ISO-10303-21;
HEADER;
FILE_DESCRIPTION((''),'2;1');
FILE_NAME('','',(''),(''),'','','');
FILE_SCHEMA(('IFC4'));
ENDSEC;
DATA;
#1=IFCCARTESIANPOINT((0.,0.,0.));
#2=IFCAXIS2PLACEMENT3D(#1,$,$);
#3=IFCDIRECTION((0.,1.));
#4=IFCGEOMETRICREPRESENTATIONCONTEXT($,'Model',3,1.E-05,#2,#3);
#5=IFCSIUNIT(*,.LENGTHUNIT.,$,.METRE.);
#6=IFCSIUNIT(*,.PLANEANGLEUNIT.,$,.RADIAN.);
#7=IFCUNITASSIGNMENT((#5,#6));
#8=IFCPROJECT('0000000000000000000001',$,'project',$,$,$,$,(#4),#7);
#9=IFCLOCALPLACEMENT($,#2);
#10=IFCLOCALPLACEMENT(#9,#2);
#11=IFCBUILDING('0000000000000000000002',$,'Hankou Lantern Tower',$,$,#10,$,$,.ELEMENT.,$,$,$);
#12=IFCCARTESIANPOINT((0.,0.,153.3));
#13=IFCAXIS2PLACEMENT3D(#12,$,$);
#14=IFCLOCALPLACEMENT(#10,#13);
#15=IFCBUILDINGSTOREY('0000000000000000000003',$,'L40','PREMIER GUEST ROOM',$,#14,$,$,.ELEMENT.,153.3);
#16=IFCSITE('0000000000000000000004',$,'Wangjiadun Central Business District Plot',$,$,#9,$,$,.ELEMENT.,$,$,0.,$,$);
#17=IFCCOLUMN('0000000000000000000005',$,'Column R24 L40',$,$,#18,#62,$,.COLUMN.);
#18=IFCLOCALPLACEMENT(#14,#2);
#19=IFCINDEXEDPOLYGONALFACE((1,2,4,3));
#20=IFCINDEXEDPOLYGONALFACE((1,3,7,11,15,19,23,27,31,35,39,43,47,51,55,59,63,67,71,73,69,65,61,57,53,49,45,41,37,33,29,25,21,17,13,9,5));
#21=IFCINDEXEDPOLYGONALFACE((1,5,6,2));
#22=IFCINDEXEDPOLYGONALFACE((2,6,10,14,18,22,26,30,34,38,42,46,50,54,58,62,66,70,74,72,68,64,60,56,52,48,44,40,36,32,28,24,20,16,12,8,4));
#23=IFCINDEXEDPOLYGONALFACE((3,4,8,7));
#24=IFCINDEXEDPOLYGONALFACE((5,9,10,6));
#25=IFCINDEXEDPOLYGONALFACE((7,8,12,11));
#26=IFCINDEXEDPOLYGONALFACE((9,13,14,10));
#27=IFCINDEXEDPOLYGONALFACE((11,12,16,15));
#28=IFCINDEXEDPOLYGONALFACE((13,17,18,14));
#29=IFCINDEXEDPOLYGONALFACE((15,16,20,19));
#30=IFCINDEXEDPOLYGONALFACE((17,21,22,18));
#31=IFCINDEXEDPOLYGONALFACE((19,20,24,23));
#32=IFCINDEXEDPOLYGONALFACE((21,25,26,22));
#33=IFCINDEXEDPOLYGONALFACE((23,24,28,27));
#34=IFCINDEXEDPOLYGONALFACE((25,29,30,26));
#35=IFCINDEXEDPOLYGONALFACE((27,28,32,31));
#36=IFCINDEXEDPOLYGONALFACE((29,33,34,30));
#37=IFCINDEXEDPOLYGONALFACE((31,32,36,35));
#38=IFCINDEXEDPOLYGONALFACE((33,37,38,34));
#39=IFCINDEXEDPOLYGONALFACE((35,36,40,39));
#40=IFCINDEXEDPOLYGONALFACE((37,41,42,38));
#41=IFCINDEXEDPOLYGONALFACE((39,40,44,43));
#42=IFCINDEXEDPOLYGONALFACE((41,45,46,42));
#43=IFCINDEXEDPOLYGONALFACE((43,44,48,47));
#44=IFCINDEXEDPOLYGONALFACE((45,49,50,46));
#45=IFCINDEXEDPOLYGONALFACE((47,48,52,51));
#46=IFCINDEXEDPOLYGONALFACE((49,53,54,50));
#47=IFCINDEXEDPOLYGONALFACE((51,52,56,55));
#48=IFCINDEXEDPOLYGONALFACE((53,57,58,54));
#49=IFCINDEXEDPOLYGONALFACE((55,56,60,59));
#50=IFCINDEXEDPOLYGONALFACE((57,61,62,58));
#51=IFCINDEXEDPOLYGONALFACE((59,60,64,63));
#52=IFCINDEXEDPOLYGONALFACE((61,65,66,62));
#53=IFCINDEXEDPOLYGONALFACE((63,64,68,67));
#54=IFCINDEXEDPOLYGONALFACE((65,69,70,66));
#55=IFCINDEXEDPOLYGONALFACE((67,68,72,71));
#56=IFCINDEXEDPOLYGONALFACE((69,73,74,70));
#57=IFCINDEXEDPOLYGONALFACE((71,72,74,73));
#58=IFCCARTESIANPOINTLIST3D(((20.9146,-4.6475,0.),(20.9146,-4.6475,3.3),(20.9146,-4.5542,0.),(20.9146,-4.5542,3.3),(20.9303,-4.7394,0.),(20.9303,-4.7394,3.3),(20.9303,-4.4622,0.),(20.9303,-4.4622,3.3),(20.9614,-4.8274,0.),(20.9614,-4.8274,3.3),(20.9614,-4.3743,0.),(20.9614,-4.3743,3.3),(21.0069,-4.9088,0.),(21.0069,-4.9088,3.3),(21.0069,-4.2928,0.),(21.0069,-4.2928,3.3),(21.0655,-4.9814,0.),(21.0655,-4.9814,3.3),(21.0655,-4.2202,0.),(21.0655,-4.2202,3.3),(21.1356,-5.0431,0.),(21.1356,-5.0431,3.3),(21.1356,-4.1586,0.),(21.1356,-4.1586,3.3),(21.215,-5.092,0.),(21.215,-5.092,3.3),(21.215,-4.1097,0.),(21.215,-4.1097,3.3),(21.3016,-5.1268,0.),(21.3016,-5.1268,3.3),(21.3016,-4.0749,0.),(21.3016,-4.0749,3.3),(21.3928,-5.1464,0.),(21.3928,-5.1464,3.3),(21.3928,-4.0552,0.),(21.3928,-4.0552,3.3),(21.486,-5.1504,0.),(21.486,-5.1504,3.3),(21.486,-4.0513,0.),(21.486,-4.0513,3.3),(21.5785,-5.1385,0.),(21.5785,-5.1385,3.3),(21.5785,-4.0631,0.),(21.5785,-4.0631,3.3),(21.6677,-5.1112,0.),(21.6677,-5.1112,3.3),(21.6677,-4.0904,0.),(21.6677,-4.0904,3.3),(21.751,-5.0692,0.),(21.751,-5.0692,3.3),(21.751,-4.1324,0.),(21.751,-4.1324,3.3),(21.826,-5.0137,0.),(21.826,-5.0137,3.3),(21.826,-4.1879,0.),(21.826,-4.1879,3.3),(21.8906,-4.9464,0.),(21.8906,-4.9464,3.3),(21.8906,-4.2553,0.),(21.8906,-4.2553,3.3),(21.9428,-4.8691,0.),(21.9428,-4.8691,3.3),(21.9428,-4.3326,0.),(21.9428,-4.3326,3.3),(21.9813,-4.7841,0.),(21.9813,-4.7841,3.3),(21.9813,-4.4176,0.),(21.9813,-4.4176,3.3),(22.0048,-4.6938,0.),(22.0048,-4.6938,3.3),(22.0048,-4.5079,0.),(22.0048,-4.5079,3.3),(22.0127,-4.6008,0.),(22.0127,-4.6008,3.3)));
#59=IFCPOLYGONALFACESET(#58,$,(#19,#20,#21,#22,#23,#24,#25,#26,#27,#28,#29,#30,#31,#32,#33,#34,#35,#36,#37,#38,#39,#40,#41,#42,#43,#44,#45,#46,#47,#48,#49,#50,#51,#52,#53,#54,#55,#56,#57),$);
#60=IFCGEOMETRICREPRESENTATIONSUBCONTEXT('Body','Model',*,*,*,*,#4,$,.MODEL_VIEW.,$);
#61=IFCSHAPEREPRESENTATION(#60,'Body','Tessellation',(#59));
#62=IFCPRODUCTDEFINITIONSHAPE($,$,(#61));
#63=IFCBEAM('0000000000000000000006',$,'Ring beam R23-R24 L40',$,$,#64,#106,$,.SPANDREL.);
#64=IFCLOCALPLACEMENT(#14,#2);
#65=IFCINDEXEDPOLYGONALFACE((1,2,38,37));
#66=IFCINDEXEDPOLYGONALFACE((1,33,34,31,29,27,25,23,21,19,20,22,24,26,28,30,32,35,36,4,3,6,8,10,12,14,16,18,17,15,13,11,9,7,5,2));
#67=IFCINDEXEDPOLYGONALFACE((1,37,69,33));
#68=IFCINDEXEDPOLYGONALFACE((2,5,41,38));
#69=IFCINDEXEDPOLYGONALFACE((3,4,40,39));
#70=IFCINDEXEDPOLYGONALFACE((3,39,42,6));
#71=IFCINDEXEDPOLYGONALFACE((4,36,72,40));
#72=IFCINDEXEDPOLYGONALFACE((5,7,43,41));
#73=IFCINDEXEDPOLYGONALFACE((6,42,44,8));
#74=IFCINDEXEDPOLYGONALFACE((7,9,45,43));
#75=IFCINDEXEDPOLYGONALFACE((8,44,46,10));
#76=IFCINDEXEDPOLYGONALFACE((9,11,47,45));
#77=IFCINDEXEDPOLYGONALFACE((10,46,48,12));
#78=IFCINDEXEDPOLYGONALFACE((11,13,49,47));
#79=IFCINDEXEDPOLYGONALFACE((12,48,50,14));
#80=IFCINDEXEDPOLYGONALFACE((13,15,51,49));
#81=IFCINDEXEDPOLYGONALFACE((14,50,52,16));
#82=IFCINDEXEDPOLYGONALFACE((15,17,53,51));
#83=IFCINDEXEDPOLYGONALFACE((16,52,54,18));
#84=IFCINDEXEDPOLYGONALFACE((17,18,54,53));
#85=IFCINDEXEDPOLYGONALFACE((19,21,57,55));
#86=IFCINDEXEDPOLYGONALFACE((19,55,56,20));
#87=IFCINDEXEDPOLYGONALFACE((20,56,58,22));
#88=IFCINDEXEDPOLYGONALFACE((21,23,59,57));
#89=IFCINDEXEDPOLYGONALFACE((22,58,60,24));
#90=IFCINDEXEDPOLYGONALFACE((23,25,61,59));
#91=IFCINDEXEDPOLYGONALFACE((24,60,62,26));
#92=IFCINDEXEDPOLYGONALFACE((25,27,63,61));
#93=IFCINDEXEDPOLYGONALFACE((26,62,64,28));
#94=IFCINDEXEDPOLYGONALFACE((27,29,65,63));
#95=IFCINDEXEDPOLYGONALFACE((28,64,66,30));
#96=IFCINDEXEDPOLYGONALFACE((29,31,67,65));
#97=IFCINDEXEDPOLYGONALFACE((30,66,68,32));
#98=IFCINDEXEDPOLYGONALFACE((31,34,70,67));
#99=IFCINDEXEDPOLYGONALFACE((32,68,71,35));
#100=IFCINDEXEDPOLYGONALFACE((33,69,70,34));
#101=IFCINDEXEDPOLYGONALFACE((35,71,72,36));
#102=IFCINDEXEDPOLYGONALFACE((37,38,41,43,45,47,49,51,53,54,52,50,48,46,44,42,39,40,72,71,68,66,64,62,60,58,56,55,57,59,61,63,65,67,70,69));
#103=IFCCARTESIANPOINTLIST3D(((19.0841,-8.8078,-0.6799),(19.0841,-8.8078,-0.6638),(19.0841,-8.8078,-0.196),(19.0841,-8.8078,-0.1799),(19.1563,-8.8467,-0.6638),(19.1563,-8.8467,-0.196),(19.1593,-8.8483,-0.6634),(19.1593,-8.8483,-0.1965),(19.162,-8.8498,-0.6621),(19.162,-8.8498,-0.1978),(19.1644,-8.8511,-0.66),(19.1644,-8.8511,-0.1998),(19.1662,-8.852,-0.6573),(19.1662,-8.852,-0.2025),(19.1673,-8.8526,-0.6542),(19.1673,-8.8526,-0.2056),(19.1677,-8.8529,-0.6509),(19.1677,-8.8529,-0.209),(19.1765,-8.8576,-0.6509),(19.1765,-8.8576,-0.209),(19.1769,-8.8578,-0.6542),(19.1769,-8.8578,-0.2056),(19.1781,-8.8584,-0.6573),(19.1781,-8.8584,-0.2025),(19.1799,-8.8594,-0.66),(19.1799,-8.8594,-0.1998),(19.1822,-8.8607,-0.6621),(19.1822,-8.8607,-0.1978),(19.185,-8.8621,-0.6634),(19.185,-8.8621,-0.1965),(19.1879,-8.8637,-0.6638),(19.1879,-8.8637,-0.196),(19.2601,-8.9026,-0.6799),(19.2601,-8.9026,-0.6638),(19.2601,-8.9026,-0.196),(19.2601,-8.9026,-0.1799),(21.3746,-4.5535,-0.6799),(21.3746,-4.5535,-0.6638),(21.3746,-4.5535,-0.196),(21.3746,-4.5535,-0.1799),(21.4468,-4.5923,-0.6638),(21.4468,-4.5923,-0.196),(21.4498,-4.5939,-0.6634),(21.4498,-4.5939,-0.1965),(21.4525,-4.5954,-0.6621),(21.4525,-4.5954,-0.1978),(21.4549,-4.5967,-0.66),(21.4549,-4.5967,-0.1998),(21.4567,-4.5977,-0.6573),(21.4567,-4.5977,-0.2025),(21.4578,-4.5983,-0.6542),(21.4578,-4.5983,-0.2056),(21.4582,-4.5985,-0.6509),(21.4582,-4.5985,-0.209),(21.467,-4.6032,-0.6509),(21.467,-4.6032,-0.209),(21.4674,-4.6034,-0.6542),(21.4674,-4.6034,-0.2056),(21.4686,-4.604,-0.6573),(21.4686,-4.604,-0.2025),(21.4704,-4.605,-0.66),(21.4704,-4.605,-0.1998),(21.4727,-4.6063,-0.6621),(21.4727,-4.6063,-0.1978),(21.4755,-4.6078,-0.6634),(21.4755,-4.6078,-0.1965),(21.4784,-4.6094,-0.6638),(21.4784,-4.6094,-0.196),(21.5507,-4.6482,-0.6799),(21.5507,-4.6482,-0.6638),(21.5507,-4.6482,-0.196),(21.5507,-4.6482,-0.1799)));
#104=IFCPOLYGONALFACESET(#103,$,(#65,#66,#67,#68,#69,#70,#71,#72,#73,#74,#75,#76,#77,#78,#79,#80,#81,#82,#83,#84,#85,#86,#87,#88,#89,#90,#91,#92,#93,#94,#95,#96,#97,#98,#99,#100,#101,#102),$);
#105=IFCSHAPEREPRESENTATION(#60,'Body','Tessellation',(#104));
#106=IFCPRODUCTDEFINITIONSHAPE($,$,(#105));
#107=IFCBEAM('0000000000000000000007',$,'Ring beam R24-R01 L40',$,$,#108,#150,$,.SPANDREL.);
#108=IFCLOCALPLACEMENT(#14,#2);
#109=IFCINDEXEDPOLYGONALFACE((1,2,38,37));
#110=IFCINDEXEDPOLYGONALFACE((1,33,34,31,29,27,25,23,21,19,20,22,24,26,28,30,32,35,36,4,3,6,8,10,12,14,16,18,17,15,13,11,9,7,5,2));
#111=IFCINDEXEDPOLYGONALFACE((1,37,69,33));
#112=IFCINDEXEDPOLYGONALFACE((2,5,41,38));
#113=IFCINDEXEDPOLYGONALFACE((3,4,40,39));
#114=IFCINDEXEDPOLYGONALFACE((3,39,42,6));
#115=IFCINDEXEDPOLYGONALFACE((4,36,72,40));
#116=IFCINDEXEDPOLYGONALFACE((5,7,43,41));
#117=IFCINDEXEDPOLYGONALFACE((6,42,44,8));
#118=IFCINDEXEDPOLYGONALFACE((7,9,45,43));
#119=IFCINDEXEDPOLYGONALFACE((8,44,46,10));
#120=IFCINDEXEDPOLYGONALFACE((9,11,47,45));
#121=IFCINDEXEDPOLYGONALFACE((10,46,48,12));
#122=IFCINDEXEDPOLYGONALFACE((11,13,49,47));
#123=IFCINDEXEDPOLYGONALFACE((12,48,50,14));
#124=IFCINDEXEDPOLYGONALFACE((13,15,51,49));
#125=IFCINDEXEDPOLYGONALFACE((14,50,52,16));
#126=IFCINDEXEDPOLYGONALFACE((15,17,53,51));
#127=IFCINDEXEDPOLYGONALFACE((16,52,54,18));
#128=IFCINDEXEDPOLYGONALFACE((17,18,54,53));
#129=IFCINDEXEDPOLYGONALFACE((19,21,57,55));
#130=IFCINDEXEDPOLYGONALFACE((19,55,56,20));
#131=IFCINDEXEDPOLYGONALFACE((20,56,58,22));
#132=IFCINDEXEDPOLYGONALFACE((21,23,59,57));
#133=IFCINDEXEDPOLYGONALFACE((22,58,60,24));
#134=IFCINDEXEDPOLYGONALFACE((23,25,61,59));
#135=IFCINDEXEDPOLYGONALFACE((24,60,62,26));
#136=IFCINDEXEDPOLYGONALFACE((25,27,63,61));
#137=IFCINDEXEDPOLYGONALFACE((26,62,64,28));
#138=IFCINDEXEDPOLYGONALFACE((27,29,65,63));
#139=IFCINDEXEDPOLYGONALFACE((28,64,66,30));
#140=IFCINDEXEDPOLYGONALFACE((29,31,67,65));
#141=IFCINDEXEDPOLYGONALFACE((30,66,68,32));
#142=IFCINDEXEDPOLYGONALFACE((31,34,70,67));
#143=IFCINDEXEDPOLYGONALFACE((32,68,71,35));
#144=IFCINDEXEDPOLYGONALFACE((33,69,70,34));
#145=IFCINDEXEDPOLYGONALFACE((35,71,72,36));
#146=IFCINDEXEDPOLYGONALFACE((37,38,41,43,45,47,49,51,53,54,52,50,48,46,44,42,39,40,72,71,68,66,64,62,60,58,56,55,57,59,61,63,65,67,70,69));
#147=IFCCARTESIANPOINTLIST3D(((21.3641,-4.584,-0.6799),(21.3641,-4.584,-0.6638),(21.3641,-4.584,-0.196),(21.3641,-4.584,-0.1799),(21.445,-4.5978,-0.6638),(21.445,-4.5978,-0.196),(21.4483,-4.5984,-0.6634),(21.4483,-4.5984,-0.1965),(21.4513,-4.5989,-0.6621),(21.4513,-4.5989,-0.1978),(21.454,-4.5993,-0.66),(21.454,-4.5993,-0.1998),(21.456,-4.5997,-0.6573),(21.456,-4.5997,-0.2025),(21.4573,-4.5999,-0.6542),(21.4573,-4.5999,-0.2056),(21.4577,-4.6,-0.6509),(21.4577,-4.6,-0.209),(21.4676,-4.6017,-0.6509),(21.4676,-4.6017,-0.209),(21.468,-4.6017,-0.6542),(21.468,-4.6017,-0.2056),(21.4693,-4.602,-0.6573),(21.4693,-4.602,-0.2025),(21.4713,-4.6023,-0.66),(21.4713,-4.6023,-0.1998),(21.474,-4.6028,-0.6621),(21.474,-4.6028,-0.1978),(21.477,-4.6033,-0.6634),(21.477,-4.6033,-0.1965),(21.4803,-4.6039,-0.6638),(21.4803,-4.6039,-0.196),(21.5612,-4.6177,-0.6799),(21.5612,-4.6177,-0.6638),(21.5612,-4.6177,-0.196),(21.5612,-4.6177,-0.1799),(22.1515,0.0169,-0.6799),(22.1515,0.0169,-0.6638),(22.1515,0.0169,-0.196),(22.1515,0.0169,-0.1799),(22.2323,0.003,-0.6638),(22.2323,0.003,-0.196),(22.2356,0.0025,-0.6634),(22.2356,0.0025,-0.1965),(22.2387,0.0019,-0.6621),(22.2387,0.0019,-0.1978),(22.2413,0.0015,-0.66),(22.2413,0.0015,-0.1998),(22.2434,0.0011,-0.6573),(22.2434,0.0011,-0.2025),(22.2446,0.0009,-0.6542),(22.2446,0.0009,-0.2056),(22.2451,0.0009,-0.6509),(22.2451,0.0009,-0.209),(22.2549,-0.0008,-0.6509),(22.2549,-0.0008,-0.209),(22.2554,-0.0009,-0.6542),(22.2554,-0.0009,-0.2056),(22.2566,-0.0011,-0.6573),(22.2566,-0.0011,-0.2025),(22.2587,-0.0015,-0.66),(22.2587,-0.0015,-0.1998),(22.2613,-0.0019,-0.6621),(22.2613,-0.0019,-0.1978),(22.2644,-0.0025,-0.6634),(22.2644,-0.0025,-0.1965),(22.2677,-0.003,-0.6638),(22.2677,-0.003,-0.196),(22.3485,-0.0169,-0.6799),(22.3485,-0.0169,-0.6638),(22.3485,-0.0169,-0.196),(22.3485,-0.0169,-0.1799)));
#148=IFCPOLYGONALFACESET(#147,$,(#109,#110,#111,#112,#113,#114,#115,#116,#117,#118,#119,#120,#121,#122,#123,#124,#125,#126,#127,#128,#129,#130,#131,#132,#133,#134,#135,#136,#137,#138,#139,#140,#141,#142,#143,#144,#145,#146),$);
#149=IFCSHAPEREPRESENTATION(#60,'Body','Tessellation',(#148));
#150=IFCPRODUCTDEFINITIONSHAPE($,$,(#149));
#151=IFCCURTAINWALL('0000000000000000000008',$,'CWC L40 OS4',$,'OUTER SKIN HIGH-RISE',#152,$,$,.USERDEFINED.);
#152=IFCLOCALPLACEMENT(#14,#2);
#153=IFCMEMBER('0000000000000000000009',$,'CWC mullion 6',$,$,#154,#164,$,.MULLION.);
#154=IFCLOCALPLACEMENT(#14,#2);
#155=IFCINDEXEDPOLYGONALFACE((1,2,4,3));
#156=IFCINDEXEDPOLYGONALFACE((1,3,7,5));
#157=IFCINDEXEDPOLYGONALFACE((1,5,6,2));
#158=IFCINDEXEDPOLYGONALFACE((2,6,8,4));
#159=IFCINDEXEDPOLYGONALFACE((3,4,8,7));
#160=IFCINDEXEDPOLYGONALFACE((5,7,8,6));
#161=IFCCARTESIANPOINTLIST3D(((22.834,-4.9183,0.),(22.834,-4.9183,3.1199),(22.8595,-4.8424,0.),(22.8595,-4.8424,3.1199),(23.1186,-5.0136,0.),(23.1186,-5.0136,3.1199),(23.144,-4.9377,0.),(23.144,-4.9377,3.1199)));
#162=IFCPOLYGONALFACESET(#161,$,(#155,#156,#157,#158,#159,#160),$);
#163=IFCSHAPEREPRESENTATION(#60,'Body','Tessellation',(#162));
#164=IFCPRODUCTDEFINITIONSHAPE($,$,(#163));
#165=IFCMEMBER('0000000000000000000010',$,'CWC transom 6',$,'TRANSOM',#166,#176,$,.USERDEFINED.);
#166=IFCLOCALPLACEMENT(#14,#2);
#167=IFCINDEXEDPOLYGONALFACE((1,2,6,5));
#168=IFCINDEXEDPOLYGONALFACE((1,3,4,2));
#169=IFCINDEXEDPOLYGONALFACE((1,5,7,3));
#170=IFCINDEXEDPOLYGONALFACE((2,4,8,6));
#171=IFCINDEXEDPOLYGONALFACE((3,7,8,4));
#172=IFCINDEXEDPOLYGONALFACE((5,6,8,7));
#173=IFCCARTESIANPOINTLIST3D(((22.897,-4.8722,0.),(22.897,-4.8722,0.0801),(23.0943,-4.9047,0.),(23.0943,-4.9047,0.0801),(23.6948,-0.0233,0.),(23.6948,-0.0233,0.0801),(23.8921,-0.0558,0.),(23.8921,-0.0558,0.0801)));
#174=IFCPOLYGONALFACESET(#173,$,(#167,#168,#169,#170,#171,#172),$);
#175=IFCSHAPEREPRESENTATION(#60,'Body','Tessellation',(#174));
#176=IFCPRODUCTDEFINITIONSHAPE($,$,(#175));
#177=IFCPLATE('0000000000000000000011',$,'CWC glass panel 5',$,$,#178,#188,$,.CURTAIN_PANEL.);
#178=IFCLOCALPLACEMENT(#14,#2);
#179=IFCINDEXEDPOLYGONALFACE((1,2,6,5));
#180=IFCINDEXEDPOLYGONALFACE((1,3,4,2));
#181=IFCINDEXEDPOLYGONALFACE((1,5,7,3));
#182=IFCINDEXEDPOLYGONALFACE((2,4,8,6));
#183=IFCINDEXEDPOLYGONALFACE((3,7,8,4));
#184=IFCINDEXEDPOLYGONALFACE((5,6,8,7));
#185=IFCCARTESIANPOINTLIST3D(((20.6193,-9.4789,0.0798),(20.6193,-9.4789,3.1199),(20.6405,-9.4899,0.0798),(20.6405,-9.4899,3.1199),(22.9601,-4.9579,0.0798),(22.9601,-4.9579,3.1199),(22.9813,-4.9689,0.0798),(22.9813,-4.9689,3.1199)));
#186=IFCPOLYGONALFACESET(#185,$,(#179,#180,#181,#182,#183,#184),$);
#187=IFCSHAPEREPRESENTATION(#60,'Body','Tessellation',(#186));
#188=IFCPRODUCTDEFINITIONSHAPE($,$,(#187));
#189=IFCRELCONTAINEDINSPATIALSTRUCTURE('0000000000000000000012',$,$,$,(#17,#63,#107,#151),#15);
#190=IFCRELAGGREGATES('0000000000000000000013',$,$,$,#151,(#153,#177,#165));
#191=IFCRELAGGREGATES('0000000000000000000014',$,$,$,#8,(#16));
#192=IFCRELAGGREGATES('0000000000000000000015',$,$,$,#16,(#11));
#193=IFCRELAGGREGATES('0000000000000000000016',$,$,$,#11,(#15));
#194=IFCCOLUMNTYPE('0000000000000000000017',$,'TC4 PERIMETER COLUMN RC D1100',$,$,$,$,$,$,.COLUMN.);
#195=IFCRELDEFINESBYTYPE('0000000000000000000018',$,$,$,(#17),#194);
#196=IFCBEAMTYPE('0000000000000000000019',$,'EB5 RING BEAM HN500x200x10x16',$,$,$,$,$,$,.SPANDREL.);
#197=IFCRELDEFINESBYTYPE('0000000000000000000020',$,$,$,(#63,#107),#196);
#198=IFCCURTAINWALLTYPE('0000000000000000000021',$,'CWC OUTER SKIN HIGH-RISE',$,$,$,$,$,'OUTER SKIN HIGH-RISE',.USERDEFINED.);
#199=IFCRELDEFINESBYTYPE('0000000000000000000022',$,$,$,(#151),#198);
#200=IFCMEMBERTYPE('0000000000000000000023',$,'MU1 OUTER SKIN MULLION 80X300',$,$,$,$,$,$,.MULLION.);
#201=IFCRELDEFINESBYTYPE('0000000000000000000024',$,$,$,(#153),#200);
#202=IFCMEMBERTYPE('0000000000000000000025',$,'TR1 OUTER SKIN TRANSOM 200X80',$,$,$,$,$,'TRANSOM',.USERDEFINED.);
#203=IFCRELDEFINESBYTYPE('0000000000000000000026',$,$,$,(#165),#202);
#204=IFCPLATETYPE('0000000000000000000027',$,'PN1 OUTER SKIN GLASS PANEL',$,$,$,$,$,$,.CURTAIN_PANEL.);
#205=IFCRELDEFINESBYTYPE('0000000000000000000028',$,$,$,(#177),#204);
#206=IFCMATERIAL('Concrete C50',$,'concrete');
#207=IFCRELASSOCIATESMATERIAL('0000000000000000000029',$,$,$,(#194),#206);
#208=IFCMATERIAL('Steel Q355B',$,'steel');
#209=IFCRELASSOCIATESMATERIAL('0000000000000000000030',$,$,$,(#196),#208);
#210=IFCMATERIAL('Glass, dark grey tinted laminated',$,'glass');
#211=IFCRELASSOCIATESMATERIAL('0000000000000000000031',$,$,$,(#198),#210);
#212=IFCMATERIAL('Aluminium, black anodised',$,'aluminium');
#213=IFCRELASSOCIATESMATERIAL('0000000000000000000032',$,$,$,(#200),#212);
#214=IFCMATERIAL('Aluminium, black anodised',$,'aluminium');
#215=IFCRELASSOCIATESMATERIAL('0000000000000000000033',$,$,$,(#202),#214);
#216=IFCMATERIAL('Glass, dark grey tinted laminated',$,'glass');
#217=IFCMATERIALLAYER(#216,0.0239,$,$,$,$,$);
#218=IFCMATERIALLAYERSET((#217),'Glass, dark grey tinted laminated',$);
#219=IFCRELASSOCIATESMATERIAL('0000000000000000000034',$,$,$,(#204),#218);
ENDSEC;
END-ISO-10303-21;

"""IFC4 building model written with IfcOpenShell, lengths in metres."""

from ifc_helpers import new_model, si_unit, direction, frame, origin, origin_2d, place, context, subcontext, project, spatial, rectangle, circle, i_section, extrude, material, layer, layer_set, material_profile, profile_set, type_object, element, aggregate, save


model = new_model("IFC4")

# Units and contexts
model_context = context("Model", 3, precision=1e-05, world=origin(), true_north=direction((0.0, 1.0)))
body_context = subcontext(model_context, "Body", "Model", "MODEL_VIEW")
ifc_project = project(units=[si_unit("LENGTHUNIT", "METRE"), si_unit("PLANEANGLEUNIT", "RADIAN")], contexts=[model_context])

# Site, building, storey
site_placement = place(None, origin())
site = spatial("IfcSite", under=ifc_project, at=site_placement, Name="Wangjiadun Central Business District Plot", CompositionType="ELEMENT", RefElevation=0.0)
building_placement = place(site_placement, origin())
building = spatial("IfcBuilding", under=site, at=building_placement, Name="Hankou Lantern Tower", CompositionType="ELEMENT")
storey_placement = place(building_placement, frame((0.0, 0.0, 153.3)))
storey = spatial("IfcBuildingStorey", under=building, at=storey_placement, Name="L40", Description="PREMIER GUEST ROOM", CompositionType="ELEMENT", Elevation=153.3)

# Column
ifc_material_1 = material(Name="Concrete C50", Category="concrete")
ifc_material_profile_1 = material_profile(ifc_material_1, circle(Radius=0.55, at=origin_2d()), Name="RC D1100")
ifc_profile_set_1 = profile_set([ifc_material_profile_1], Name="Concrete C50")
column_type = type_object("IfcColumnType", Name="TC4 PERIMETER COLUMN RC D1100", PredefinedType="COLUMN", material=ifc_profile_set_1)
column_placement = place(storey_placement, frame((21.4626, -4.6008, 0.0), z_axis=(0.0, 0.0, 1.0), x_axis=(1.0, 0.0, 0.0)))
element("IfcColumn", 1, at=column_placement, inside=storey, type_object=column_type, Name="Column R24 L40", PredefinedType="COLUMN", context=body_context, shape_type="SweptSolid", body=[
    extrude(circle(Radius=0.55, at=origin_2d()), origin(), (0.0, 0.0, 1.0), 3.3),
])

# Beams
ifc_material_2 = material(Name="Steel Q355B", Category="steel")
ifc_material_profile_2 = material_profile(ifc_material_2, i_section(OverallWidth=0.2, OverallDepth=0.5, WebThickness=0.01, FlangeThickness=0.0161, FilletRadius=0.0129, at=origin_2d()), Name="HN500x200x10x16")
ifc_profile_set_2 = profile_set([ifc_material_profile_2], Name="Steel Q355B")
beam_type = type_object("IfcBeamType", Name="EB5 RING BEAM HN500x200x10x16", PredefinedType="SPANDREL", material=ifc_profile_set_2)
beam_1_placement = place(storey_placement, frame((19.1721, -8.8552, -0.4299), z_axis=(0.474052, 0.880497, 0.0), x_axis=(-0.880497, 0.474052, 0.0)))
element("IfcBeam", 2, at=beam_1_placement, inside=storey, type_object=beam_type, Name="Ring beam R23-R24 L40", PredefinedType="SPANDREL", context=body_context, shape_type="SweptSolid", body=[
    extrude(i_section(OverallWidth=0.2, OverallDepth=0.5, WebThickness=0.01, FlangeThickness=0.0161, FilletRadius=0.0129, at=origin_2d()), origin(), (0.0, 0.0, 1.0), 4.8318),
])
beam_2_placement = place(storey_placement, frame((21.4626, -4.6008, -0.4299), z_axis=(0.168681, 0.985671, 0.0), x_axis=(-0.985671, 0.168681, 0.0)))
element("IfcBeam", 3, at=beam_2_placement, inside=storey, type_object=beam_type, Name="Ring beam R24-R01 L40", PredefinedType="SPANDREL", context=body_context, shape_type="SweptSolid", body=[
    extrude(i_section(OverallWidth=0.2, OverallDepth=0.5, WebThickness=0.01, FlangeThickness=0.0161, FilletRadius=0.0129, at=origin_2d()), origin(), (0.0, 0.0, 1.0), 4.6677),
])

# Curtain wall, members, plate
ifc_material_3 = material(Name="Glass, dark grey tinted laminated", Category="glass")
curtain_wall_type = type_object("IfcCurtainWallType", Name="CWC OUTER SKIN HIGH-RISE", ElementType="OUTER SKIN HIGH-RISE", PredefinedType="USERDEFINED", material=ifc_material_3)
curtain_wall_placement = place(storey_placement, origin())
curtain_wall = element("IfcCurtainWall", 4, at=curtain_wall_placement, inside=storey, type_object=curtain_wall_type, Name="CWC L40 OS4", ObjectType="OUTER SKIN HIGH-RISE", PredefinedType="USERDEFINED")
ifc_material_4 = material(Name="Aluminium, black anodised", Category="aluminium")
ifc_material_profile_3 = material_profile(ifc_material_4, rectangle(XDim=0.0801, YDim=0.3, at=origin_2d()), Name="MU1 80X300")
ifc_profile_set_3 = profile_set([ifc_material_profile_3], Name="Aluminium, black anodised")
member_type_1 = type_object("IfcMemberType", Name="MU1 OUTER SKIN MULLION 80X300", PredefinedType="MULLION", material=ifc_profile_set_3)
member_1_placement = place(storey_placement, frame((22.989, -4.928, 0.0), z_axis=(0.0, 0.0, 1.0), x_axis=(0.317596, 0.948226, 0.0)))
member_1 = element("IfcMember", 5, at=member_1_placement, type_object=member_type_1, Name="CWC mullion 6", PredefinedType="MULLION", context=body_context, shape_type="SweptSolid", body=[
    extrude(rectangle(XDim=0.0801, YDim=0.3, at=origin_2d()), origin(), (0.0, 0.0, 1.0), 3.1199),
])
ifc_material_5 = material(Name="Aluminium, black anodised", Category="aluminium")
ifc_material_profile_4 = material_profile(ifc_material_5, rectangle(XDim=0.2, YDim=0.0801, at=origin_2d()), Name="TR1 200X80")
ifc_profile_set_4 = profile_set([ifc_material_profile_4], Name="Aluminium, black anodised")
member_type_2 = type_object("IfcMemberType", Name="TR1 OUTER SKIN TRANSOM 200X80", ElementType="TRANSOM", PredefinedType="USERDEFINED", material=ifc_profile_set_4)
member_2_placement = place(storey_placement, frame((22.9956, -4.8884, 0.04), z_axis=(0.16236, 0.986732, 0.0), x_axis=(-0.986732, 0.16236, 0.0)))
member_2 = element("IfcMember", 6, at=member_2_placement, type_object=member_type_2, Name="CWC transom 6", ObjectType="TRANSOM", PredefinedType="USERDEFINED", context=body_context, shape_type="SweptSolid", body=[
    extrude(rectangle(XDim=0.2, YDim=0.0801, at=origin_2d()), origin(), (0.0, 0.0, 1.0), 4.9141),
])
ifc_material_6 = material(Name="Glass, dark grey tinted laminated", Category="glass")
ifc_layer_1 = layer(ifc_material_6, 0.0239)
ifc_layer_set_1 = layer_set([ifc_layer_1], Name="Glass, dark grey tinted laminated")
plate_type = type_object("IfcPlateType", Name="PN1 OUTER SKIN GLASS PANEL", PredefinedType="CURTAIN_PANEL", material=ifc_layer_set_1)
plate_1_placement = place(storey_placement, frame((21.8003, -7.2239, 0.0798), z_axis=(0.0, 0.0, 1.0), x_axis=(0.459791, 0.888027, 0.0)))
plate_1 = element("IfcPlate", 7, at=plate_1_placement, type_object=plate_type, Name="CWC glass panel 5", PredefinedType="CURTAIN_PANEL", context=body_context, shape_type="SweptSolid", body=[
    extrude(rectangle(XDim=5.0911, YDim=0.0239, at=origin_2d()), origin(), (0.0, 0.0, 1.0), 3.04),
])
aggregate(curtain_wall, [member_1, plate_1, member_2])

save(model, "model.ifc")
